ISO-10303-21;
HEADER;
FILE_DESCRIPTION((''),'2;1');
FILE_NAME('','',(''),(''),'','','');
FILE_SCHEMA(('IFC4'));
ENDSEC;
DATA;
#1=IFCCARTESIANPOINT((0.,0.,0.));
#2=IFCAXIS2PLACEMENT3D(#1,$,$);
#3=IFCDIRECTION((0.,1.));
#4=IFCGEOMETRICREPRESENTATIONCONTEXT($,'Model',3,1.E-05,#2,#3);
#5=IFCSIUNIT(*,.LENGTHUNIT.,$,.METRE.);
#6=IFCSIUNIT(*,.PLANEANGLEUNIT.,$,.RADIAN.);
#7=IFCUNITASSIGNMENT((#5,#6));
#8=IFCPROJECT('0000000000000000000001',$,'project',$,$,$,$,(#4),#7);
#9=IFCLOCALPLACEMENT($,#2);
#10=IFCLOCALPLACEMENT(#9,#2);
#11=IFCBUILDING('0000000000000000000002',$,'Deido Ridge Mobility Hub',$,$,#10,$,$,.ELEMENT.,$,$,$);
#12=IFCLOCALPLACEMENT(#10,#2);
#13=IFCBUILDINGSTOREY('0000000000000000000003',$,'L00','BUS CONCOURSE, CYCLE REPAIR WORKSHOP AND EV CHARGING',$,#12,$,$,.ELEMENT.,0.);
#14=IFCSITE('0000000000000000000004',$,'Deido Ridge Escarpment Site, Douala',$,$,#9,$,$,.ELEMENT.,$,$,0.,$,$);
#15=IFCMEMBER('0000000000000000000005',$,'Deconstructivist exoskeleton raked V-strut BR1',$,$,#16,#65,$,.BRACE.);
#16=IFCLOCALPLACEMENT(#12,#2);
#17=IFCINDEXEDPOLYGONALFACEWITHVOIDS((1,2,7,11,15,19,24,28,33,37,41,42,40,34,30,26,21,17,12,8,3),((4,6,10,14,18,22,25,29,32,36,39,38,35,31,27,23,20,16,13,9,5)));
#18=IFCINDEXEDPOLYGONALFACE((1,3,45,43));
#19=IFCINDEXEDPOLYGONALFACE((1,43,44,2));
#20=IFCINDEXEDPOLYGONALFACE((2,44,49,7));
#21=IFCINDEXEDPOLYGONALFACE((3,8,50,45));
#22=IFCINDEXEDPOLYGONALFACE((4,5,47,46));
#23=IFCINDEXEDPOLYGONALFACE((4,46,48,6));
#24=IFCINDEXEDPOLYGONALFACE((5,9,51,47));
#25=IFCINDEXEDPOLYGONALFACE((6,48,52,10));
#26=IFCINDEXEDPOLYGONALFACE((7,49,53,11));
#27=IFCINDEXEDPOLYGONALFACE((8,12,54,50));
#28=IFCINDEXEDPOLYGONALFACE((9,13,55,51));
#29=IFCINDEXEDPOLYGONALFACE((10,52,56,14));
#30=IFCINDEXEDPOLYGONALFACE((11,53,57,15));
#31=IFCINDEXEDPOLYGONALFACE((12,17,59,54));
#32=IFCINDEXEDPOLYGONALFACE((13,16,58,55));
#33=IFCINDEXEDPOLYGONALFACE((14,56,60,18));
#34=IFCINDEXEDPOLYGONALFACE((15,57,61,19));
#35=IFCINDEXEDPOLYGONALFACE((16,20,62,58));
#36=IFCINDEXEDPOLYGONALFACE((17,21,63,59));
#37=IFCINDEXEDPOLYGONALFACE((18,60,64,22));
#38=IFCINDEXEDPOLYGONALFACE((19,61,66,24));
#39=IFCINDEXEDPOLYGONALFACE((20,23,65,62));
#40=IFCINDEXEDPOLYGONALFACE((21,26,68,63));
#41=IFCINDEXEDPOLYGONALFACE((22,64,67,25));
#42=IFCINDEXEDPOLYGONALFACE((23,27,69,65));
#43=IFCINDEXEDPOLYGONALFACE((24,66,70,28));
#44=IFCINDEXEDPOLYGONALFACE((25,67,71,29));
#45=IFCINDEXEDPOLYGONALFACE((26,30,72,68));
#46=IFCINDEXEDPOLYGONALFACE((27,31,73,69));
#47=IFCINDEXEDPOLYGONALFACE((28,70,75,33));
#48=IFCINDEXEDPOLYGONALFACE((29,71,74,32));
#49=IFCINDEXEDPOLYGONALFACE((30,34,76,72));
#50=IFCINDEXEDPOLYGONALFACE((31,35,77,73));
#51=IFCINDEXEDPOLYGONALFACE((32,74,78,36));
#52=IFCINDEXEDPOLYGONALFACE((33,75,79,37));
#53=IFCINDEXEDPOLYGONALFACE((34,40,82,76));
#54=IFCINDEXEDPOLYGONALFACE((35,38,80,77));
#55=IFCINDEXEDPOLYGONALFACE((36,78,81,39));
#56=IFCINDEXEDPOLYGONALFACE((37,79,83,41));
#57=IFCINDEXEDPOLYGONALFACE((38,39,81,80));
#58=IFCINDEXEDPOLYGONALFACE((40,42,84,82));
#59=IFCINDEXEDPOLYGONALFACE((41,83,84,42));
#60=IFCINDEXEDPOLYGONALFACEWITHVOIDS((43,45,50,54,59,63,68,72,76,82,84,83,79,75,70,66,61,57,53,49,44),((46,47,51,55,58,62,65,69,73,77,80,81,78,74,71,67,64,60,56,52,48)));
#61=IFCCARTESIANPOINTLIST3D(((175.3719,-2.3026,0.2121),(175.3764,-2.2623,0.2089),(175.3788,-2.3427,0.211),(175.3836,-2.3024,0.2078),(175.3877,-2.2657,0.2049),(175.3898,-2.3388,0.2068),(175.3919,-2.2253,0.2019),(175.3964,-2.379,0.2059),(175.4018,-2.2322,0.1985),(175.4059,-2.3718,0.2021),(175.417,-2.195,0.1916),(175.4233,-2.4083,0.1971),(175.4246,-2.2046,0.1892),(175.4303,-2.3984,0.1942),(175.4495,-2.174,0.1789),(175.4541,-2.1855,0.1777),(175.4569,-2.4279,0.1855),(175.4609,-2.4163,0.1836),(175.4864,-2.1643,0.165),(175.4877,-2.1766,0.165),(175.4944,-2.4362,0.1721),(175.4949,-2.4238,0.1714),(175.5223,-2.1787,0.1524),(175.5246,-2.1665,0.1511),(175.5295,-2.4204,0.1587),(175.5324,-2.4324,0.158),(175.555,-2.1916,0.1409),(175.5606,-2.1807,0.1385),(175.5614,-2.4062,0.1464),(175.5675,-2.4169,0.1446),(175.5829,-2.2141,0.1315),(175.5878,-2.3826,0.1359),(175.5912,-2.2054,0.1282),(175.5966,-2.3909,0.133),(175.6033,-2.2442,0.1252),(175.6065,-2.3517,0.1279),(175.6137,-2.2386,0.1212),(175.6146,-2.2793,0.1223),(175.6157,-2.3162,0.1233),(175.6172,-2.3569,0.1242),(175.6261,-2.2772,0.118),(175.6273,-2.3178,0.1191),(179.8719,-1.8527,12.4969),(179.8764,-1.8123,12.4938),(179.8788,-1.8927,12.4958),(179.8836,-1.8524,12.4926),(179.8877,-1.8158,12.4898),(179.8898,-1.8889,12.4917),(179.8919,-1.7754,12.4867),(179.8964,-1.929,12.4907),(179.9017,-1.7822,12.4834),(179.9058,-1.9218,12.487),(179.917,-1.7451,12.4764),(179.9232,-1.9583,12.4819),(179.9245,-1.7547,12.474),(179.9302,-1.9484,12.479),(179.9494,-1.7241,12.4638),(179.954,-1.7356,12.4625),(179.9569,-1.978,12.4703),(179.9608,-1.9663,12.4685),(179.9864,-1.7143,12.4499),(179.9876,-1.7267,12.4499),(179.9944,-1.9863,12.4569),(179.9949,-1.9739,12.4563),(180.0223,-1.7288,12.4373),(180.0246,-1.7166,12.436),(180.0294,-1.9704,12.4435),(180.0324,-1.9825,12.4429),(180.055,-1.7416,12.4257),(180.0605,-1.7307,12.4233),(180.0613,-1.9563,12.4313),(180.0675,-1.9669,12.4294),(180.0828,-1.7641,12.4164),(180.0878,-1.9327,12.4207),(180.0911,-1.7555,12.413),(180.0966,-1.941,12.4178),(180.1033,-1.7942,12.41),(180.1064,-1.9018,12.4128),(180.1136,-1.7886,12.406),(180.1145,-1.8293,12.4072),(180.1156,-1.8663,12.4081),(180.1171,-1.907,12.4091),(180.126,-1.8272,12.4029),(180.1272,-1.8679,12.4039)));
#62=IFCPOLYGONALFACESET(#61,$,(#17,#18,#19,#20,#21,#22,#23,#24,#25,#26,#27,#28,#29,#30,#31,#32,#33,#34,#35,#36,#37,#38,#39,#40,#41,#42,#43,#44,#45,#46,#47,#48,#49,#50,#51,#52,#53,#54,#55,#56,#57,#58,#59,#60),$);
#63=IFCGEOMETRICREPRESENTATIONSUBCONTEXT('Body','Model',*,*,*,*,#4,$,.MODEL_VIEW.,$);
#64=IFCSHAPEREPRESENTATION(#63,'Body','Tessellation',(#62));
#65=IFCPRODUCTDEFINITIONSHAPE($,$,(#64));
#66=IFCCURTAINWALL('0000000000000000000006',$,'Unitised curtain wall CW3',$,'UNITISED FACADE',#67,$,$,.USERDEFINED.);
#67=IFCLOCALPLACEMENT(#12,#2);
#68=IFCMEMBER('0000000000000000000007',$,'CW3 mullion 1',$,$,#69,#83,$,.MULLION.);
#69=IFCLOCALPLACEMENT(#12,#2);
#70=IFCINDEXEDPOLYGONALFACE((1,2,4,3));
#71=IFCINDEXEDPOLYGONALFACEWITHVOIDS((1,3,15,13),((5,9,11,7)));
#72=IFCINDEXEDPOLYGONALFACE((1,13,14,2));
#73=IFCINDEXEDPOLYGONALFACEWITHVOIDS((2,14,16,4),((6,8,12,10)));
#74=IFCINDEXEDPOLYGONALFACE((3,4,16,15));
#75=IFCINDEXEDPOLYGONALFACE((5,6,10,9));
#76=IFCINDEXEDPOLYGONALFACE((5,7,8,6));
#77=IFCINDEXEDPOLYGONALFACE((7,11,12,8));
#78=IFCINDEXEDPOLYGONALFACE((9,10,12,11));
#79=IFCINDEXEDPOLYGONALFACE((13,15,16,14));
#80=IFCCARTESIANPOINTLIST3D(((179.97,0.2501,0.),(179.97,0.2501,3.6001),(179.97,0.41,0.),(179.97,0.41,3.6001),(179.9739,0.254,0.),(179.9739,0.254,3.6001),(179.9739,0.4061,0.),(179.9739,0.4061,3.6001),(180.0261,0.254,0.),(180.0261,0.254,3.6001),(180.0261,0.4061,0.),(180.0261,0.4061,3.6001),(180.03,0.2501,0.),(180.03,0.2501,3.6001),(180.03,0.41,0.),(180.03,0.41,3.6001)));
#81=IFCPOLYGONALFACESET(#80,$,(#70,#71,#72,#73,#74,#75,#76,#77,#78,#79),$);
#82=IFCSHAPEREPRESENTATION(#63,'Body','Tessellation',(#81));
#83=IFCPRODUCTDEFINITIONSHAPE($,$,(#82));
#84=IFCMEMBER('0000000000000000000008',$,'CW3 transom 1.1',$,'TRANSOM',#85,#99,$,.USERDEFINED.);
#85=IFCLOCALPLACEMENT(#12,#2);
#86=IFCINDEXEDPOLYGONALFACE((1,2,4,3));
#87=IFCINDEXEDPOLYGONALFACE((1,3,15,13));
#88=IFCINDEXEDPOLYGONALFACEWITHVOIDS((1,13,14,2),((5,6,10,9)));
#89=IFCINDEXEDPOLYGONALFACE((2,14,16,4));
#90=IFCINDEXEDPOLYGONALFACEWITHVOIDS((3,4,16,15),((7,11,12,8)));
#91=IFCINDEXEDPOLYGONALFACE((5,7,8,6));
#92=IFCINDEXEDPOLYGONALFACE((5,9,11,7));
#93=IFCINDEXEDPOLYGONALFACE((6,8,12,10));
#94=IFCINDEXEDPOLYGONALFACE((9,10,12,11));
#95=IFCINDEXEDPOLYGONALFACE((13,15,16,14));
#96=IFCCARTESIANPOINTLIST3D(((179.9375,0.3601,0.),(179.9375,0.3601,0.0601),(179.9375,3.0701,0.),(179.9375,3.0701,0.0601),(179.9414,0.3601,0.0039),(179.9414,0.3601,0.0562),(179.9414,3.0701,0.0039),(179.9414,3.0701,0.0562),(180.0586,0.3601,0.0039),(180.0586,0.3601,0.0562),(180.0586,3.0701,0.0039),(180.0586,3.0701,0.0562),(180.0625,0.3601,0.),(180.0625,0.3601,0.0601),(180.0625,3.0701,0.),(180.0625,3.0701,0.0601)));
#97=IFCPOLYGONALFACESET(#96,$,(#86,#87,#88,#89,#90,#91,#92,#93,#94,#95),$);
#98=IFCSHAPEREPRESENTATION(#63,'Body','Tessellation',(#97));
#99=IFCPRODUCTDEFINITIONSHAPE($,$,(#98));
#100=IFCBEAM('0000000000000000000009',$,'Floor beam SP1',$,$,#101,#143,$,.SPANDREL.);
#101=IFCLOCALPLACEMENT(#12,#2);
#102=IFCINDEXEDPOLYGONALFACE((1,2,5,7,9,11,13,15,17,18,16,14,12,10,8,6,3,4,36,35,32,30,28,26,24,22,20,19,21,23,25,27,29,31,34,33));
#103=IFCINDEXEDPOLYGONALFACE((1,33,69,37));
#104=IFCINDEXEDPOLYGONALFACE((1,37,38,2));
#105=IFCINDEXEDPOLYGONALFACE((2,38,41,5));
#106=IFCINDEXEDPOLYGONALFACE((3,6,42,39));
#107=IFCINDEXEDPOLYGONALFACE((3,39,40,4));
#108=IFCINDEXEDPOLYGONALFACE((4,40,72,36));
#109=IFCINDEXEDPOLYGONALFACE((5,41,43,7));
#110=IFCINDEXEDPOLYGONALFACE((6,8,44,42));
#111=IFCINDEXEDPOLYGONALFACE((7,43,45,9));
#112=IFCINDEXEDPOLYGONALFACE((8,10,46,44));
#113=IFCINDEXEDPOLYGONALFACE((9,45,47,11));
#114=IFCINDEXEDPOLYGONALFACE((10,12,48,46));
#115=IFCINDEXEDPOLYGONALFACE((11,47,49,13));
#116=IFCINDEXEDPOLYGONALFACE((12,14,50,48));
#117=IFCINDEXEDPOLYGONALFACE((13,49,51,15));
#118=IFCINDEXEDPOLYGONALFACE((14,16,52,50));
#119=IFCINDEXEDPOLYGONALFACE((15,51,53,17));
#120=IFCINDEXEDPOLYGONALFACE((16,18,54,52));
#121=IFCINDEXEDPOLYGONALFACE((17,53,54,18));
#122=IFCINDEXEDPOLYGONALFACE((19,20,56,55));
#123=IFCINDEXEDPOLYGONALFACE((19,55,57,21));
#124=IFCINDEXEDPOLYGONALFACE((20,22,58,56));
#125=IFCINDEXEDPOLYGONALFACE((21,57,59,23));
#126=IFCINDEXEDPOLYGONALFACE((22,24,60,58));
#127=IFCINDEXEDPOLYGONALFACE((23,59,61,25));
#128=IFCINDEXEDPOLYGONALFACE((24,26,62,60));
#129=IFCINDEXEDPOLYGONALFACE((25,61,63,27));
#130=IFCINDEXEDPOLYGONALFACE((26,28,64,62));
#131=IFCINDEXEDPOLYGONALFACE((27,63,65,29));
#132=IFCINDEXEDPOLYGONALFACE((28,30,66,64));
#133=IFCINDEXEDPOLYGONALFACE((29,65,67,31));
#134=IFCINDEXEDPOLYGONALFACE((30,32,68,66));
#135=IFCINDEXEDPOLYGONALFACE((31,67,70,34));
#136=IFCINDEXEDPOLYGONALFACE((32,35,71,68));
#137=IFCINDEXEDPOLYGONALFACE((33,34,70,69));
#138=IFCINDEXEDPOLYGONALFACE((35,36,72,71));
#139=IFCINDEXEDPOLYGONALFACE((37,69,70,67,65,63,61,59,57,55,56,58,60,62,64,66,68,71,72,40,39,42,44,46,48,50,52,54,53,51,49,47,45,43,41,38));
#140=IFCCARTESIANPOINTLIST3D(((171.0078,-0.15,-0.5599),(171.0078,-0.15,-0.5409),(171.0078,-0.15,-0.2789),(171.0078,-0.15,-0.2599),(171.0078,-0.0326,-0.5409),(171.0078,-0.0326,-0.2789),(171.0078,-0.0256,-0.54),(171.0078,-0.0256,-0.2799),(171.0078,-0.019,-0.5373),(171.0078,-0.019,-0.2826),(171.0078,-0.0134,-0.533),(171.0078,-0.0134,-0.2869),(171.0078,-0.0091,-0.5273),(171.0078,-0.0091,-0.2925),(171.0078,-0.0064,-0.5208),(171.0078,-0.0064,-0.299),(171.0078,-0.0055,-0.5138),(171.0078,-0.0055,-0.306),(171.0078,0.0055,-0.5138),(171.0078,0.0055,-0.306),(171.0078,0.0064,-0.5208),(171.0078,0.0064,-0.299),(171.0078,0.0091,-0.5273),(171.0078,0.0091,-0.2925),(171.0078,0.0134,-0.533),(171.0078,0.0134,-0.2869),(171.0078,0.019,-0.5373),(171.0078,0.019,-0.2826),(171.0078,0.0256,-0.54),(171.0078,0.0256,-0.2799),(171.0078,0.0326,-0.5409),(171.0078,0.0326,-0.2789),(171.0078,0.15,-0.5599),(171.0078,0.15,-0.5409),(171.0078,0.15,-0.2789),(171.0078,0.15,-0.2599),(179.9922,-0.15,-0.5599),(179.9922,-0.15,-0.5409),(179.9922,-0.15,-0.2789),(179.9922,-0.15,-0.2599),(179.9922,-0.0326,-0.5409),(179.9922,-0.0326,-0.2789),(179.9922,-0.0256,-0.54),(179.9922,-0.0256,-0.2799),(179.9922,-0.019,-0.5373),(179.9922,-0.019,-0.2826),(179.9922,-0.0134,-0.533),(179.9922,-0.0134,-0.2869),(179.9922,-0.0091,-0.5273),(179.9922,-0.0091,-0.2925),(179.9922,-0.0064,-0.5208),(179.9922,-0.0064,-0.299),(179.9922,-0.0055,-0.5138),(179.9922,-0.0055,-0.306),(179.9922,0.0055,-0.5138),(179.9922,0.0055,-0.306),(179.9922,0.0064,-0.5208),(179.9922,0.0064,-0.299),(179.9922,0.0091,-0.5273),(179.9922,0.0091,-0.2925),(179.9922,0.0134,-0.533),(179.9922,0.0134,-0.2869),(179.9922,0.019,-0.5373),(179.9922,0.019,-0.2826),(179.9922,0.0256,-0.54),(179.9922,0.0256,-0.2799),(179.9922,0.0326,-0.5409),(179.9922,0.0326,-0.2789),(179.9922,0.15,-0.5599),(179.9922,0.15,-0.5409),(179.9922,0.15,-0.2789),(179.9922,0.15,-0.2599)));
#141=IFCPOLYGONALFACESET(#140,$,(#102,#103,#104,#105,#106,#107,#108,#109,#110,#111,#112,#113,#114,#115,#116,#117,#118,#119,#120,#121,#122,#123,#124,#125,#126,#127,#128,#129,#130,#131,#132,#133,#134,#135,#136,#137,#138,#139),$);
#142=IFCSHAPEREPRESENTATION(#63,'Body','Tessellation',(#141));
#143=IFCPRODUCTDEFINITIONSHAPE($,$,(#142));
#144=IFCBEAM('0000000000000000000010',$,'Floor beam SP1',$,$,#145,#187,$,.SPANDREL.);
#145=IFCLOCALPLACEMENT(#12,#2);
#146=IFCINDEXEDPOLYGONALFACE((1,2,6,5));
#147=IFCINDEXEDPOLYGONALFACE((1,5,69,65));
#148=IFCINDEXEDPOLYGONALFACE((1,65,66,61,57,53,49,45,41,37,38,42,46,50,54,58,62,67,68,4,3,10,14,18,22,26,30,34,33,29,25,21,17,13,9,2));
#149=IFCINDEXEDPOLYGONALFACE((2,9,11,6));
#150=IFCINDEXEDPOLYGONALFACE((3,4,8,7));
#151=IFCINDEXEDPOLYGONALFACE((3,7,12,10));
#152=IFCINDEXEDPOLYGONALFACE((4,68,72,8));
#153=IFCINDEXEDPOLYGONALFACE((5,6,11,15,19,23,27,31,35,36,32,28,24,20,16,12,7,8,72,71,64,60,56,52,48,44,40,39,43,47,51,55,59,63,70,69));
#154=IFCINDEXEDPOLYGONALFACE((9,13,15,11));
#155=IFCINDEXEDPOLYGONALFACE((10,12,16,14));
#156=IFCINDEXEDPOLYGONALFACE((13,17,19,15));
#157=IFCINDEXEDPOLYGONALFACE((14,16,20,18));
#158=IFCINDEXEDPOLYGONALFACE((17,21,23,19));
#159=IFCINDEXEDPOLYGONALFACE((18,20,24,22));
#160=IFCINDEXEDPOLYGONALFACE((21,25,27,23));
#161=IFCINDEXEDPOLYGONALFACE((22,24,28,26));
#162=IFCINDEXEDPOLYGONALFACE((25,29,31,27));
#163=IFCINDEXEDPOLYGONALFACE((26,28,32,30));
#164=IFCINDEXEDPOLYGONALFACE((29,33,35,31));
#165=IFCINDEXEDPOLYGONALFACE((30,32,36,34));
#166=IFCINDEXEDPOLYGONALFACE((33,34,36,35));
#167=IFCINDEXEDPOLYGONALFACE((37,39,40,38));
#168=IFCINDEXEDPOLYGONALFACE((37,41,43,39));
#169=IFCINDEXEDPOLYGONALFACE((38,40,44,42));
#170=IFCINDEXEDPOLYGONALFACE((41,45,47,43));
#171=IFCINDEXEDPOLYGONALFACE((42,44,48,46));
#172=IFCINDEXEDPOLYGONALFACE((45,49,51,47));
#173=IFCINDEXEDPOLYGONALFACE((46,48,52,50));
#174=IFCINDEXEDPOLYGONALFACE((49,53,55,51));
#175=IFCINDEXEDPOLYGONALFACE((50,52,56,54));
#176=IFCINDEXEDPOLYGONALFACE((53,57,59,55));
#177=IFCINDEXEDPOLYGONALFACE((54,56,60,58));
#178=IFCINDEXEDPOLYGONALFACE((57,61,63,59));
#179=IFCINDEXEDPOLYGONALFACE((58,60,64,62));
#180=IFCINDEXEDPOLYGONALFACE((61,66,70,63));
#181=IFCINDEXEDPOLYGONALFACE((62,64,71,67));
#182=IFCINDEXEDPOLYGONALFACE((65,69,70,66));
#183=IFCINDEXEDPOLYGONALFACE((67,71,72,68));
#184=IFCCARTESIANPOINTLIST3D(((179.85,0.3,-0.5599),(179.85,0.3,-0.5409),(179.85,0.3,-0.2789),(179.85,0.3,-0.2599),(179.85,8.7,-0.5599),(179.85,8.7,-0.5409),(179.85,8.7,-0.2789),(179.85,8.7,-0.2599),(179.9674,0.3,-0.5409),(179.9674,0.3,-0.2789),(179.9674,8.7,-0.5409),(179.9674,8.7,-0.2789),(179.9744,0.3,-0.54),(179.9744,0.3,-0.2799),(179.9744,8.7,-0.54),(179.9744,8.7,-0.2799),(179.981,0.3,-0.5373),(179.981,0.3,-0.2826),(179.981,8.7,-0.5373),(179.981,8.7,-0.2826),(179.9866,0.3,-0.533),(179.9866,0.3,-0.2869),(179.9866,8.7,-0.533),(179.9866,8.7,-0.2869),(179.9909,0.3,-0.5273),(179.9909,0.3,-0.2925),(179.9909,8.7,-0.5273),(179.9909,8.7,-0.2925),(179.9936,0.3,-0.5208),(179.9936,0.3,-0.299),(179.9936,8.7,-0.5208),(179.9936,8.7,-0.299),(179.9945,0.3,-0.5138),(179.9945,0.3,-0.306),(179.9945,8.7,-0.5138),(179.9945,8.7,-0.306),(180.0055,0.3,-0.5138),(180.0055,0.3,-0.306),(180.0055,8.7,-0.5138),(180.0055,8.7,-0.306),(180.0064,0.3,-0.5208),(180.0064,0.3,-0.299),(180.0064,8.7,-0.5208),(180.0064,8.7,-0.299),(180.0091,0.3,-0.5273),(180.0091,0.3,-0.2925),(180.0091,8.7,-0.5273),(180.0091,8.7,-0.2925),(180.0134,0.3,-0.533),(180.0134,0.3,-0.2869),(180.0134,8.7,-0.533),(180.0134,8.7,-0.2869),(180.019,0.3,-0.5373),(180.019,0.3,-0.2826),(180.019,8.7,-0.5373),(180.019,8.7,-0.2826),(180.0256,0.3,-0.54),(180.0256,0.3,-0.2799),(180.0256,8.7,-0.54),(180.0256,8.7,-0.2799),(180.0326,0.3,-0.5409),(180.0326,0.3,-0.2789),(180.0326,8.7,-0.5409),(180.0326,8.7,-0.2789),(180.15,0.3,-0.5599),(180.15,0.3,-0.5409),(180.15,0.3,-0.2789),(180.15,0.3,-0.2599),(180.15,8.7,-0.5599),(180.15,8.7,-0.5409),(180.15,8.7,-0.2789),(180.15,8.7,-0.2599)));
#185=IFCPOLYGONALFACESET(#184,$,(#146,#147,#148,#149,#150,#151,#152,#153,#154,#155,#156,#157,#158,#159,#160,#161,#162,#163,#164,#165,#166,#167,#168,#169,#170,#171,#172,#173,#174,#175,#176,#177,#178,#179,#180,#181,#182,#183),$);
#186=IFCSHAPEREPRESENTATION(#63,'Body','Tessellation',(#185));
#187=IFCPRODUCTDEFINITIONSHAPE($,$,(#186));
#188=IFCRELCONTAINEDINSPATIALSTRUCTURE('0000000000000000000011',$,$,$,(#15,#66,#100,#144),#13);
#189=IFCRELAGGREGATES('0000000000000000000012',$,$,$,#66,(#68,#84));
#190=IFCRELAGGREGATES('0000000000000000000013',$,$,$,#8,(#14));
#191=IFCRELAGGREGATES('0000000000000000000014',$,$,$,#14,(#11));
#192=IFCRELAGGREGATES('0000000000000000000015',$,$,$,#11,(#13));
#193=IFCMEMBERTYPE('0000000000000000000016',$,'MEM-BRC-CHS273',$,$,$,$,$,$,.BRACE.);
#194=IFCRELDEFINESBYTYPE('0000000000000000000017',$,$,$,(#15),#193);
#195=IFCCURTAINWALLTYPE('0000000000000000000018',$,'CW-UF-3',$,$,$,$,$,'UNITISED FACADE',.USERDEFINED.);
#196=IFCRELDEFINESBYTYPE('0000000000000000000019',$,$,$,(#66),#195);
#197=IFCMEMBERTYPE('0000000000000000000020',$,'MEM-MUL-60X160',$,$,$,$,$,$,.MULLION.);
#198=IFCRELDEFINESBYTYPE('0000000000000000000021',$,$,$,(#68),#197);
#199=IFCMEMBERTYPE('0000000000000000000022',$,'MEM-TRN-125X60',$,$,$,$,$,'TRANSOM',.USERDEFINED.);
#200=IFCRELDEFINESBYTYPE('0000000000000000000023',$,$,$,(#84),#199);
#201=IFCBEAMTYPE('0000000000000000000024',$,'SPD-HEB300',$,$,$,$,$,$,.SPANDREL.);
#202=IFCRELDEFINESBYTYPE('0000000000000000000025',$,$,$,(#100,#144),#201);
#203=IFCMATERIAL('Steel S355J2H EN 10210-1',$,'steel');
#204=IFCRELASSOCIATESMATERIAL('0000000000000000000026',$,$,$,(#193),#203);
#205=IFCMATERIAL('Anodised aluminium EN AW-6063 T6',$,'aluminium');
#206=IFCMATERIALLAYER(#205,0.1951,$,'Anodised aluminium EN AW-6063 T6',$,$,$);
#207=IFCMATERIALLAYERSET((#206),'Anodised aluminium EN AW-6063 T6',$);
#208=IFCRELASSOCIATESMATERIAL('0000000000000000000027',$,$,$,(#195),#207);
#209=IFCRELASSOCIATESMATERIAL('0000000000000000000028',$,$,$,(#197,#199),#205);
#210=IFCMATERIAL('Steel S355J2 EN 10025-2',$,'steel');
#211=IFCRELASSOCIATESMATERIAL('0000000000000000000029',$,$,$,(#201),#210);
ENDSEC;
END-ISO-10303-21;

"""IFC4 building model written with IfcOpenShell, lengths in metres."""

from ifc_helpers import new_model, si_unit, direction, frame, origin, origin_2d, place, context, subcontext, project, spatial, hollow_rectangle, hollow_circle, i_section, extrude, material, layer, layer_set, material_profile, profile_set, type_object, element, aggregate, save


model = new_model("IFC4")

# Units and contexts
model_context = context("Model", 3, precision=1e-05, world=origin(), true_north=direction((0.0, 1.0)))
body_context = subcontext(model_context, "Body", "Model", "MODEL_VIEW")
ifc_project = project(units=[si_unit("LENGTHUNIT", "METRE"), si_unit("PLANEANGLEUNIT", "RADIAN")], contexts=[model_context])

# Site, building, storey
site_placement = place(None, origin())
site = spatial("IfcSite", under=ifc_project, at=site_placement, Name="Deido Ridge Escarpment Site, Douala", CompositionType="ELEMENT", RefElevation=0.0)
building_placement = place(site_placement, origin())
building = spatial("IfcBuilding", under=site, at=building_placement, Name="Deido Ridge Mobility Hub", CompositionType="ELEMENT")
storey_placement = place(building_placement, origin())
storey = spatial("IfcBuildingStorey", under=building, at=storey_placement, Name="L00", Description="BUS CONCOURSE, CYCLE REPAIR WORKSHOP AND EV CHARGING", CompositionType="ELEMENT", Elevation=0.0)

# Shared definitions
ifc_material_1 = material(Name="Steel S355J2 EN 10025-2", Category="steel")

# Member
ifc_material_2 = material(Name="Steel S355J2H EN 10210-1", Category="steel")
ifc_material_profile_1 = material_profile(ifc_material_2, hollow_circle(Radius=0.1365, WallThickness=0.0125, at=origin_2d()), Name="CHS 273x12.5")
ifc_profile_set_1 = profile_set([ifc_material_profile_1], Name="Steel S355J2H EN 10210-1")
member_type_1 = type_object("IfcMemberType", Name="MEM-BRC-CHS273", PredefinedType="BRACE", material=ifc_profile_set_1)
for number, where, z_axis, x_axis, name in (
    (1, (175.5, -2.3, 0.165), (0.34375, 0.034371, 0.938432), (-0.099493, 0.995038, 0.0), "Deconstructivist exoskeleton raked V-strut BR1"),
):
    element("IfcMember", number, at=place(storey_placement, frame(where, z_axis=z_axis, x_axis=x_axis)), inside=storey, type_object=member_type_1, Name=name, PredefinedType="BRACE", context=body_context, shape_type="SweptSolid", body=[
        extrude(hollow_circle(Radius=0.1365, WallThickness=0.0125, at=origin_2d()), origin(), (0.0, 0.0, 1.0), 13.0908),
    ])

# Curtain wall, members
ifc_material_3 = material(Name="Anodised aluminium EN AW-6063 T6", Category="aluminium")
ifc_layer_1 = layer(ifc_material_3, 0.1951, Name="Anodised aluminium EN AW-6063 T6")
ifc_layer_set_1 = layer_set([ifc_layer_1], Name="Anodised aluminium EN AW-6063 T6")
curtain_wall_type = type_object("IfcCurtainWallType", Name="CW-UF-3", ElementType="UNITISED FACADE", PredefinedType="USERDEFINED", material=ifc_layer_set_1)
curtain_wall_placement = place(storey_placement, origin())
curtain_wall = element("IfcCurtainWall", 2, at=curtain_wall_placement, inside=storey, type_object=curtain_wall_type, Name="Unitised curtain wall CW3", ObjectType="UNITISED FACADE", PredefinedType="USERDEFINED")
ifc_material_profile_2 = material_profile(ifc_material_3, hollow_rectangle(XDim=0.0601, YDim=0.1599, WallThickness=0.0039, at=origin_2d()), Name="RHS 60x160x4")
ifc_profile_set_2 = profile_set([ifc_material_profile_2], Name="Anodised aluminium EN AW-6063 T6")
member_type_2 = type_object("IfcMemberType", Name="MEM-MUL-60X160", PredefinedType="MULLION", material=ifc_profile_set_2)
member_1_placement = place(storey_placement, frame((180.0, 0.3301, 0.0), z_axis=(0.0, 0.0, 1.0), x_axis=(-1.0, 0.0, 0.0)))
member_1 = element("IfcMember", 3, at=member_1_placement, type_object=member_type_2, Name="CW3 mullion 1", PredefinedType="MULLION", context=body_context, shape_type="SweptSolid", body=[
    extrude(hollow_rectangle(XDim=0.0601, YDim=0.1599, WallThickness=0.0039, at=origin_2d()), origin(), (0.0, 0.0, 1.0), 3.6001),
])
ifc_material_profile_3 = material_profile(ifc_material_3, hollow_rectangle(XDim=0.125, YDim=0.0601, WallThickness=0.0039, at=origin_2d()), Name="RHS 125x60x4")
ifc_profile_set_3 = profile_set([ifc_material_profile_3], Name="Anodised aluminium EN AW-6063 T6")
member_type_3 = type_object("IfcMemberType", Name="MEM-TRN-125X60", ElementType="TRANSOM", PredefinedType="USERDEFINED", material=ifc_profile_set_3)
member_2_placement = place(storey_placement, frame((180.0, 0.3601, 0.03), z_axis=(0.0, 1.0, 0.0), x_axis=(-1.0, 0.0, 0.0)))
member_2 = element("IfcMember", 4, at=member_2_placement, type_object=member_type_3, Name="CW3 transom 1.1", ObjectType="TRANSOM", PredefinedType="USERDEFINED", context=body_context, shape_type="SweptSolid", body=[
    extrude(hollow_rectangle(XDim=0.125, YDim=0.0601, WallThickness=0.0039, at=origin_2d()), origin(), (0.0, 0.0, 1.0), 2.71),
])
aggregate(curtain_wall, [member_1, member_2])

# Beams
ifc_material_profile_4 = material_profile(ifc_material_1, i_section(OverallWidth=0.3, OverallDepth=0.3, WebThickness=0.011, FlangeThickness=0.019, FilletRadius=0.0271, at=origin_2d()), Name="HEB 300")
ifc_profile_set_4 = profile_set([ifc_material_profile_4], Name="Steel S355J2 EN 10025-2")
beam_type = type_object("IfcBeamType", Name="SPD-HEB300", PredefinedType="SPANDREL", material=ifc_profile_set_4)
beam_1_placement = place(storey_placement, frame((171.0078, 0.0, -0.4099), z_axis=(1.0, 0.0, 0.0), x_axis=(0.0, 1.0, 0.0)))
element("IfcBeam", 5, at=beam_1_placement, inside=storey, type_object=beam_type, Name="Floor beam SP1", PredefinedType="SPANDREL", context=body_context, shape_type="SweptSolid", body=[
    extrude(i_section(OverallWidth=0.3, OverallDepth=0.3, WebThickness=0.011, FlangeThickness=0.019, FilletRadius=0.0271, at=origin_2d()), origin(), (0.0, 0.0, 1.0), 8.9844),
])
beam_2_placement = place(storey_placement, frame((180.0, 0.3, -0.4099), z_axis=(0.0, 1.0, 0.0), x_axis=(-1.0, 0.0, 0.0)))
element("IfcBeam", 6, at=beam_2_placement, inside=storey, type_object=beam_type, Name="Floor beam SP1", PredefinedType="SPANDREL", context=body_context, shape_type="SweptSolid", body=[
    extrude(i_section(OverallWidth=0.3, OverallDepth=0.3, WebThickness=0.011, FlangeThickness=0.019, FilletRadius=0.0271, at=origin_2d()), origin(), (0.0, 0.0, 1.0), 8.3999),
])

save(model, "model.ifc")
